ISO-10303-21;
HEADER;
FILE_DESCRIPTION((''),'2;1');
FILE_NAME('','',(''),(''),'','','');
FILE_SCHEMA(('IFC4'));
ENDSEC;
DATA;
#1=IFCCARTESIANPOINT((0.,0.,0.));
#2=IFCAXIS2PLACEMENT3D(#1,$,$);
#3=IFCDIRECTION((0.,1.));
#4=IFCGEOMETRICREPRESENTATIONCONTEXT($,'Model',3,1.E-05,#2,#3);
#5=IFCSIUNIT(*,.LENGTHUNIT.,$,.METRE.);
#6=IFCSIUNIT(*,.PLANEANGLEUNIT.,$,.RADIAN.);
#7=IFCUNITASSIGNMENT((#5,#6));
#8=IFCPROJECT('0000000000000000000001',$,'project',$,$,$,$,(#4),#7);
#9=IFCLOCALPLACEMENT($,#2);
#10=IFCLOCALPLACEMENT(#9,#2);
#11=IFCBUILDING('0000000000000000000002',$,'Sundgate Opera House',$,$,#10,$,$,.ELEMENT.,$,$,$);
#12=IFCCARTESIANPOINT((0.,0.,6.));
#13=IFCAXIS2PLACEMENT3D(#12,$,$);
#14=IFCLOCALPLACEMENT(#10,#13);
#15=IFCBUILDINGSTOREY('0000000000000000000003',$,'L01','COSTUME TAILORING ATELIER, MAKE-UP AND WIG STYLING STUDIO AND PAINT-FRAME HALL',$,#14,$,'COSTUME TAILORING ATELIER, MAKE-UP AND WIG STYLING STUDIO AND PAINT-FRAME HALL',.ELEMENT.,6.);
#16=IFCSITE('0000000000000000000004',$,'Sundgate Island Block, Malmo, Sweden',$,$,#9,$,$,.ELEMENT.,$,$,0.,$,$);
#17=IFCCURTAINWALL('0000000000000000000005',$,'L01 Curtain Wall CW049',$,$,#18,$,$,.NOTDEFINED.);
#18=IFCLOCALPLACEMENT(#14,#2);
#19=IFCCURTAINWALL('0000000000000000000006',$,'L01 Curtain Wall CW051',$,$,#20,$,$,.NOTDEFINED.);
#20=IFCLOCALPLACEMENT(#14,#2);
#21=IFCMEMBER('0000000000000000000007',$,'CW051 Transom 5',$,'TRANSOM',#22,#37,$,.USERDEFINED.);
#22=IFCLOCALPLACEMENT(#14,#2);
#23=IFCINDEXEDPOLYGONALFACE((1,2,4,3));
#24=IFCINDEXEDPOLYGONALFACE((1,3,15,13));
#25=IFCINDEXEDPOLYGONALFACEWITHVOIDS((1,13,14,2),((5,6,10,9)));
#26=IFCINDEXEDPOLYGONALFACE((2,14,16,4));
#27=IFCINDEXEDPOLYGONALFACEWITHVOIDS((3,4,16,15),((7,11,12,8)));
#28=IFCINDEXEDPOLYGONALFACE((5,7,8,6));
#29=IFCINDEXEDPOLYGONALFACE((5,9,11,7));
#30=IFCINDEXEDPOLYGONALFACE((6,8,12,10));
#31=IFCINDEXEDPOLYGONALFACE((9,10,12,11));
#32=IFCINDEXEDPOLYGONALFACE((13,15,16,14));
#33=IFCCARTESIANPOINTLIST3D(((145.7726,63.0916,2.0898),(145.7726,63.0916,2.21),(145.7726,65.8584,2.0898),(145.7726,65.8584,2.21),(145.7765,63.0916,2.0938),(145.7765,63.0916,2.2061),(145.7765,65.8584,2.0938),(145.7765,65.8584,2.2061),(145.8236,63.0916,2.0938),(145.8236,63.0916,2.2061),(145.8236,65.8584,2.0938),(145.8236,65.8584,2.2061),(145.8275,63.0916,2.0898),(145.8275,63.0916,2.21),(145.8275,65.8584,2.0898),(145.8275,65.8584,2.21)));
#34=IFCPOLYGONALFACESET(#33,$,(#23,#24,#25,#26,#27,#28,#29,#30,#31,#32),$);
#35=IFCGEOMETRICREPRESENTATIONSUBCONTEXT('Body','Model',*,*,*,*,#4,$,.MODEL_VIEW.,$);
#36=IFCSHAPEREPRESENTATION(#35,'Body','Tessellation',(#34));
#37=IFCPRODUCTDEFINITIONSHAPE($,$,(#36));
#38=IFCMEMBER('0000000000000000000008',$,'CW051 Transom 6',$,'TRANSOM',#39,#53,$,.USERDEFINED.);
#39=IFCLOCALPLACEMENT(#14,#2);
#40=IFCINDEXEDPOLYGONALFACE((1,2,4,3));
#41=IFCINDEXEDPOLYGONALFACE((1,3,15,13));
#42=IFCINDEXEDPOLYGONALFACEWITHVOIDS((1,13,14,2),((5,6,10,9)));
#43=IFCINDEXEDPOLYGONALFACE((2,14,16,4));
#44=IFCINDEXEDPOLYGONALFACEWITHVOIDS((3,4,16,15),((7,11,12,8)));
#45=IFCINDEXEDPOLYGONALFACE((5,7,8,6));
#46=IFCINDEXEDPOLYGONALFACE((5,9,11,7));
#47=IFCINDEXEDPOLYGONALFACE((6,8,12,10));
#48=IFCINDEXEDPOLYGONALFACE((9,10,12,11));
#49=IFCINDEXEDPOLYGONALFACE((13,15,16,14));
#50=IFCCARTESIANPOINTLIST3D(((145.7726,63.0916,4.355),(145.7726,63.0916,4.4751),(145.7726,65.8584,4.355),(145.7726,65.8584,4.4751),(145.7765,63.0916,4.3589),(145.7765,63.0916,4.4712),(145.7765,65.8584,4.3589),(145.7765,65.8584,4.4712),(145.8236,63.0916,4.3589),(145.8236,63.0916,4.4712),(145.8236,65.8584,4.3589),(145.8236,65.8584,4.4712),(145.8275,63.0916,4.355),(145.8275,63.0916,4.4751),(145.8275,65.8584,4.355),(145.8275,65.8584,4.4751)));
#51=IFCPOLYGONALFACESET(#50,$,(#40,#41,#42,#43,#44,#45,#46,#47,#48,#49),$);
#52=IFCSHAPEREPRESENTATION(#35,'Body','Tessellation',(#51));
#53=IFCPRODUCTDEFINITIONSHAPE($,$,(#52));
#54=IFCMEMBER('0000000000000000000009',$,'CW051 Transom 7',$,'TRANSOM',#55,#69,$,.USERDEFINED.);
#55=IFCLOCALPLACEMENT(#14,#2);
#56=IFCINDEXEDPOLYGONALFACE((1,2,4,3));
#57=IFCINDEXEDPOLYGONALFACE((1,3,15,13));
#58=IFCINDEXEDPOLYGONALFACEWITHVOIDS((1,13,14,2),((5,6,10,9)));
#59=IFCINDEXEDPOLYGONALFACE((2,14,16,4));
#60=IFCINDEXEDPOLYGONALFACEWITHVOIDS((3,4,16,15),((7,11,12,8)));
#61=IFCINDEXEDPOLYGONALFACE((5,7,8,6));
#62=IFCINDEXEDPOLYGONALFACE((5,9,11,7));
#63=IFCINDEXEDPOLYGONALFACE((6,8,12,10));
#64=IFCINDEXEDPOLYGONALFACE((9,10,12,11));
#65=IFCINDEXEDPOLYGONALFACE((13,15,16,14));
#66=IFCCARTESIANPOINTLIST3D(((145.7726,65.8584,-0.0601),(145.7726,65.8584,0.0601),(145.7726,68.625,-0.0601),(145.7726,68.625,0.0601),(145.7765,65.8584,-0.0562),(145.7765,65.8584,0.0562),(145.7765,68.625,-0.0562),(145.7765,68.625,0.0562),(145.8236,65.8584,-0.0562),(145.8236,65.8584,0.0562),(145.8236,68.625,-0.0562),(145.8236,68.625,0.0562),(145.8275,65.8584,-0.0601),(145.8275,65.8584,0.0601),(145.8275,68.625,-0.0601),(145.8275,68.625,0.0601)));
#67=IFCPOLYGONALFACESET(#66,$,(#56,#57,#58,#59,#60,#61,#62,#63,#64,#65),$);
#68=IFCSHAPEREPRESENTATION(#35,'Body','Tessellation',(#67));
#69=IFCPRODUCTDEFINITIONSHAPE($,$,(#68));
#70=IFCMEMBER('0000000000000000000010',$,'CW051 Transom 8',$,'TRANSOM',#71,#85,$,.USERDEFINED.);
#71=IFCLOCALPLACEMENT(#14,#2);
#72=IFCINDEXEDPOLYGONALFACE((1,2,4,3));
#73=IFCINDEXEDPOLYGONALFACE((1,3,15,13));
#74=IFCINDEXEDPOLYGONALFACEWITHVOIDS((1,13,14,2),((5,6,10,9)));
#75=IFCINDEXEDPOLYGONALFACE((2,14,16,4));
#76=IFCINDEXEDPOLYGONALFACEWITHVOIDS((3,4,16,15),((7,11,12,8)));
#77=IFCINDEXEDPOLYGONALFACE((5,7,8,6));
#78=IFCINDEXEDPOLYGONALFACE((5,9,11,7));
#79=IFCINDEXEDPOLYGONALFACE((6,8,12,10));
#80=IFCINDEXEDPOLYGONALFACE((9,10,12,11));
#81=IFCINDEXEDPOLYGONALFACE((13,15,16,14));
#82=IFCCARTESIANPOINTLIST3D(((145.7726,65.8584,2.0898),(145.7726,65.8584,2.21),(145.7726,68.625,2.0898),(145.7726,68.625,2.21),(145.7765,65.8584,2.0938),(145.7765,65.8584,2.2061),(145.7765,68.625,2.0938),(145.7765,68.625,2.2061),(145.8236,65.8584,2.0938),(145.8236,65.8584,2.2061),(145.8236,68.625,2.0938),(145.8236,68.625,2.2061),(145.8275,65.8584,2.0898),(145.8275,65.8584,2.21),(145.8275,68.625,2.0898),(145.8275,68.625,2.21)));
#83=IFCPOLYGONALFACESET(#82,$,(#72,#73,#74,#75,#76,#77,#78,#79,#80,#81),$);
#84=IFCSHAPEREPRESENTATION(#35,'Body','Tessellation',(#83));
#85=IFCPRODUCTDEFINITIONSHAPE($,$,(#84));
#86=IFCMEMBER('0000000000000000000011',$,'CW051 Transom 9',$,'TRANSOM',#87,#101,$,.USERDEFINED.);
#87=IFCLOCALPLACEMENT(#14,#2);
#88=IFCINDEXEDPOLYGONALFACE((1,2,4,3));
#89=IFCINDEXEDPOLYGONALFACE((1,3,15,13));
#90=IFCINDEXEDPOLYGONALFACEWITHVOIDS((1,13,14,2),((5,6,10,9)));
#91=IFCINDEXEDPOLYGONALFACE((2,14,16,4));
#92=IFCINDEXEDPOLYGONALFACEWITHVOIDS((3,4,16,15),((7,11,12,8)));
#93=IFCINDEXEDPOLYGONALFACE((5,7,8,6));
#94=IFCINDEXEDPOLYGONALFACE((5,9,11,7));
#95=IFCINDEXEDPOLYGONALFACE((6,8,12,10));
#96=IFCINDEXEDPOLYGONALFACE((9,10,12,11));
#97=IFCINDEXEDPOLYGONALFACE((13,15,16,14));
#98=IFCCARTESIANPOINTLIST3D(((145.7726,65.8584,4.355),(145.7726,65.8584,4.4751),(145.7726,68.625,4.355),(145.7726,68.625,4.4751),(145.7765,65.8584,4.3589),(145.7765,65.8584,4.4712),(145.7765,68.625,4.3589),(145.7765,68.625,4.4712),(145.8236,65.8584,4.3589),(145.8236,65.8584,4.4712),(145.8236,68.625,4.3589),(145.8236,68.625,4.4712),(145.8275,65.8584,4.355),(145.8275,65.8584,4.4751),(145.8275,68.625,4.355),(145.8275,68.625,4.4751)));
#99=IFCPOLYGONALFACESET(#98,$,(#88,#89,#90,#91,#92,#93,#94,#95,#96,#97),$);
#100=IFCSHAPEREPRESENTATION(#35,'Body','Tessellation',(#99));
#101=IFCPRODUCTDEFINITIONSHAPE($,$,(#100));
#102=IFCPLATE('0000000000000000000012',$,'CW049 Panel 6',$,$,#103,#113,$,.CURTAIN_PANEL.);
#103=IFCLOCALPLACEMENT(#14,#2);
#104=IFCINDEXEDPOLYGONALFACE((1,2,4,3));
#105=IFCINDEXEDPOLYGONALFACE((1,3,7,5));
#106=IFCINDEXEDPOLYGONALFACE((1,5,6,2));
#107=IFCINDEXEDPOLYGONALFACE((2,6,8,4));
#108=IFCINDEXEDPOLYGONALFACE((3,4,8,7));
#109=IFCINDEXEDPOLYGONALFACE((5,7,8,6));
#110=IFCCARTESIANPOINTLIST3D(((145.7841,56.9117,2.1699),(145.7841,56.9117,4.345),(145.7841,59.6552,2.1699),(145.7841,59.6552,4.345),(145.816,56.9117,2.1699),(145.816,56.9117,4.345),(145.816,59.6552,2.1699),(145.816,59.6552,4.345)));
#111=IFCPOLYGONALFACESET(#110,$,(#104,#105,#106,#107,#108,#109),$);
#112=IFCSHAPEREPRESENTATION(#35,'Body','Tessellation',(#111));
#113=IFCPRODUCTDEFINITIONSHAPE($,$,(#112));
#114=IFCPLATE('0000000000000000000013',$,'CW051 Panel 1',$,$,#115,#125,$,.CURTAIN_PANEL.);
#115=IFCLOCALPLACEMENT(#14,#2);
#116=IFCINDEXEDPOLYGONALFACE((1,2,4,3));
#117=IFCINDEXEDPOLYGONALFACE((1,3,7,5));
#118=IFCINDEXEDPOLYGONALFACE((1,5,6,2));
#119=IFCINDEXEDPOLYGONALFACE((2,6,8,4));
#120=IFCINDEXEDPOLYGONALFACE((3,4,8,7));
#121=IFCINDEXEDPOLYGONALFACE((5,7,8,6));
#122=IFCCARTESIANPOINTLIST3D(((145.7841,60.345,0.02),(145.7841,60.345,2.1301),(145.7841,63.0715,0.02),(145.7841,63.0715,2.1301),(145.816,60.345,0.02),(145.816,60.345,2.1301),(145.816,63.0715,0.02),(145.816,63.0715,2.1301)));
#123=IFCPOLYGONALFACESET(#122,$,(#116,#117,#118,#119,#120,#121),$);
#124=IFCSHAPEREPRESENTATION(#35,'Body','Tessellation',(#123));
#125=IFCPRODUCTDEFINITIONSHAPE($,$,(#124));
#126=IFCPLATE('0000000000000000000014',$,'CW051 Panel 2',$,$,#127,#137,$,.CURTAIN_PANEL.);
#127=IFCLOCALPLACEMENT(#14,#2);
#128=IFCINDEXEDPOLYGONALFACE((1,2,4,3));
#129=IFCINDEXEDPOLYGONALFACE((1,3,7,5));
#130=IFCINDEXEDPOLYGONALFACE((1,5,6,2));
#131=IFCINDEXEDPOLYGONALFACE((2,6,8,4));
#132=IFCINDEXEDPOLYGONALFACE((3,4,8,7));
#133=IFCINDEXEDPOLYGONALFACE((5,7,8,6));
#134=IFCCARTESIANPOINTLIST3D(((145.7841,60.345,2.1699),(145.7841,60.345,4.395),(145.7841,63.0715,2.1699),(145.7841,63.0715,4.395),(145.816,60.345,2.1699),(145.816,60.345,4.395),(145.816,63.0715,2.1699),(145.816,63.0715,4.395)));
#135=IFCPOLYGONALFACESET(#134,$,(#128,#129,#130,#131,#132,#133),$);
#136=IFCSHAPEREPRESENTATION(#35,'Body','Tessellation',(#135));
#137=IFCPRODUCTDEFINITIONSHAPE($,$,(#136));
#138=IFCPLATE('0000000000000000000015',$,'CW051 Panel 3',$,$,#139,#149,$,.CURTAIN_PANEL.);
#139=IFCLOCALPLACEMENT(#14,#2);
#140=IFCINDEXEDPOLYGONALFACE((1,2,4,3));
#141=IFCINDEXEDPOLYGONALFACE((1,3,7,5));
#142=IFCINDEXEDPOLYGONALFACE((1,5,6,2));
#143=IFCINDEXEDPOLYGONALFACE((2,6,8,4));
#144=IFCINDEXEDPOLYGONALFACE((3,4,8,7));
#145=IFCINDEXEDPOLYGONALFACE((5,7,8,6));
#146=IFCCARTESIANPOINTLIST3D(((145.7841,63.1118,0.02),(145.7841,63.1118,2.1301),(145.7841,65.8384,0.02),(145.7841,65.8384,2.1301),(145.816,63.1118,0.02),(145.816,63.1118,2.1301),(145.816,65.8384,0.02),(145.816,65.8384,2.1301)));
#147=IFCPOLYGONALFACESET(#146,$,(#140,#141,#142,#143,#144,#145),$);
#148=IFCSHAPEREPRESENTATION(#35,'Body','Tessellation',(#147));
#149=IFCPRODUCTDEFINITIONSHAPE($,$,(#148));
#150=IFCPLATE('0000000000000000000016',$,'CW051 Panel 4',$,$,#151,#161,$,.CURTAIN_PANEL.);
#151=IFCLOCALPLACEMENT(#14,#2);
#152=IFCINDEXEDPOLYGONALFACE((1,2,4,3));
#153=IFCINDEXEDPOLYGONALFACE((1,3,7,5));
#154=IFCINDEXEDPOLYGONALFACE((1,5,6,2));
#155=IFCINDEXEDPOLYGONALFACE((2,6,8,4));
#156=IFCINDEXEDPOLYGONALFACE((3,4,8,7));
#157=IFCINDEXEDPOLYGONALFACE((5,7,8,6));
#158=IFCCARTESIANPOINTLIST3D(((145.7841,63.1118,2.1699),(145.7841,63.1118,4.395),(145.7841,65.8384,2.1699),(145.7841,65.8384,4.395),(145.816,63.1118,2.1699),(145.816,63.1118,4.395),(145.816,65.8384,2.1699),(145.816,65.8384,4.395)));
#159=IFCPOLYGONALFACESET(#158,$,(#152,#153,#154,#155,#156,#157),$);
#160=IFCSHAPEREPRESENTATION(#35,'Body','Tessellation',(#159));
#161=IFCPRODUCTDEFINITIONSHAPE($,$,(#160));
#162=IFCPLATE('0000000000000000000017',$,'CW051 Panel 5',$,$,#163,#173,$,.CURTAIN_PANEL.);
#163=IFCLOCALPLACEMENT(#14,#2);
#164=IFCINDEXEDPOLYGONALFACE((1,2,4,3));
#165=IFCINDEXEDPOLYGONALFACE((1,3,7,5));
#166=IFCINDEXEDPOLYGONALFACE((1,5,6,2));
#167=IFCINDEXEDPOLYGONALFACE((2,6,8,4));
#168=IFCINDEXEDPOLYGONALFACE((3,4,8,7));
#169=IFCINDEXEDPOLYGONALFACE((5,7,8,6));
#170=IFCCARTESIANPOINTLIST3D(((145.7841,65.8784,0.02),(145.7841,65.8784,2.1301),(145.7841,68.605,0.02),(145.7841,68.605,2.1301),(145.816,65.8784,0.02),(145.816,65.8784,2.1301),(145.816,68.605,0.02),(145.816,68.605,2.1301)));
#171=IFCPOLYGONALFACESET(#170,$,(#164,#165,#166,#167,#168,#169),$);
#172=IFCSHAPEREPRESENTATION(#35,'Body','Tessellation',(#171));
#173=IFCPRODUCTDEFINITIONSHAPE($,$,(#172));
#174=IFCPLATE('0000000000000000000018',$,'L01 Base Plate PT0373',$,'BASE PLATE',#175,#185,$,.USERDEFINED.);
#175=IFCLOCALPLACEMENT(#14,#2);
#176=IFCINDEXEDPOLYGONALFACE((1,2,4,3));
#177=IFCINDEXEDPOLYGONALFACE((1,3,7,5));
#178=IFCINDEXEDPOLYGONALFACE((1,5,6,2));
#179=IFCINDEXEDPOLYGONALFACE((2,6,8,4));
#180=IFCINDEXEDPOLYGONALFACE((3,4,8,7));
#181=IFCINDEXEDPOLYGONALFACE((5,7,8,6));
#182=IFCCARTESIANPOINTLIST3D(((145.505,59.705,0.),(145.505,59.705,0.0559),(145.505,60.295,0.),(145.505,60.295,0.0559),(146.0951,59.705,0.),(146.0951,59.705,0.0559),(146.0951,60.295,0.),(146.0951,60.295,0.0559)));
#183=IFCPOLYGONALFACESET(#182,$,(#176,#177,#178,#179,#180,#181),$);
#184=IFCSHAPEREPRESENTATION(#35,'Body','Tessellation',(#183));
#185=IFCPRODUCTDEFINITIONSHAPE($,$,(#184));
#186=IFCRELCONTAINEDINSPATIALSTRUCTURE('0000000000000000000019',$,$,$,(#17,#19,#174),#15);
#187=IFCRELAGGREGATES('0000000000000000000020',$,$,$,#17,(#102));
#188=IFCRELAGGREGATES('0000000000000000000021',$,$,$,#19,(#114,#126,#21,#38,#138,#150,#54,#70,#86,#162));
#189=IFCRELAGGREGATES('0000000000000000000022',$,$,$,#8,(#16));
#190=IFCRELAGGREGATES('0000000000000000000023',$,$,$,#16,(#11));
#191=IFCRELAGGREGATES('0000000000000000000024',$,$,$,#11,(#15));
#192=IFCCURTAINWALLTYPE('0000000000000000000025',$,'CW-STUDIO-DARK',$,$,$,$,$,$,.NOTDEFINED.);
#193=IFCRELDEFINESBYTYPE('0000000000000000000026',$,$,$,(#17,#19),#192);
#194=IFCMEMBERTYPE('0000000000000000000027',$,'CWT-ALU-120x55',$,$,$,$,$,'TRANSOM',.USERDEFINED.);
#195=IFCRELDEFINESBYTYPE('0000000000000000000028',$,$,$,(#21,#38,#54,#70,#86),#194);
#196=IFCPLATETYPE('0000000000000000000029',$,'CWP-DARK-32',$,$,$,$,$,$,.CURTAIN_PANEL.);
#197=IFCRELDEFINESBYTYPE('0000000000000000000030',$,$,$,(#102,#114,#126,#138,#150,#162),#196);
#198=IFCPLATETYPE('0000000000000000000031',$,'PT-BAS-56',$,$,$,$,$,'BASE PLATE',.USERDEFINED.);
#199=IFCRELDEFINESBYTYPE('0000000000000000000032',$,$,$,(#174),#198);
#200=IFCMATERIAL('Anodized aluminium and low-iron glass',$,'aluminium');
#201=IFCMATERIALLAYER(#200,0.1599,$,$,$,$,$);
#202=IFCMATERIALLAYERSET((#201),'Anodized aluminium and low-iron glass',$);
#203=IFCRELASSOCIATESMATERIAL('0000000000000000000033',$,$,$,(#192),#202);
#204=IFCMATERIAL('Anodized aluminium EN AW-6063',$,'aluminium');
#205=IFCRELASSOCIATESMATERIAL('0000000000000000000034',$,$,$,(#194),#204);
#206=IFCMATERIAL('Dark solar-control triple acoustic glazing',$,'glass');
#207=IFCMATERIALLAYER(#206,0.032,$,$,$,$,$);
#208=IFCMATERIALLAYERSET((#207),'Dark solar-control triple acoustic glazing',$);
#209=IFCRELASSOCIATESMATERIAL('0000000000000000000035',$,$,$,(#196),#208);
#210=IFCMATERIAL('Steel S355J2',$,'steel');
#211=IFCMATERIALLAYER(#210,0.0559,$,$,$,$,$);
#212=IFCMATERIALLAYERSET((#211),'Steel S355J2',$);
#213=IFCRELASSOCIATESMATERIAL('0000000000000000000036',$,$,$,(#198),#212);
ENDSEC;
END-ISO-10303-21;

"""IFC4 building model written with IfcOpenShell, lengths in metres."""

from ifc_helpers import new_model, si_unit, direction, frame, origin, origin_2d, place, context, subcontext, project, spatial, rectangle, hollow_rectangle, extrude, material, layer, layer_set, material_profile, profile_set, type_object, element, aggregate, save


model = new_model("IFC4")

# Units and contexts
model_context = context("Model", 3, precision=1e-05, world=origin(), true_north=direction((0.0, 1.0)))
body_context = subcontext(model_context, "Body", "Model", "MODEL_VIEW")
ifc_project = project(units=[si_unit("LENGTHUNIT", "METRE"), si_unit("PLANEANGLEUNIT", "RADIAN")], contexts=[model_context])

# Site, building, storey
site_placement = place(None, origin())
site = spatial("IfcSite", under=ifc_project, at=site_placement, Name="Sundgate Island Block, Malmo, Sweden", CompositionType="ELEMENT", RefElevation=0.0)
building_placement = place(site_placement, origin())
building = spatial("IfcBuilding", under=site, at=building_placement, Name="Sundgate Opera House", CompositionType="ELEMENT")
storey_placement = place(building_placement, frame((0.0, 0.0, 6.0)))
storey = spatial("IfcBuildingStorey", under=building, at=storey_placement, Name="L01", Description="COSTUME TAILORING ATELIER, MAKE-UP AND WIG STYLING STUDIO AND PAINT-FRAME HALL", LongName="COSTUME TAILORING ATELIER, MAKE-UP AND WIG STYLING STUDIO AND PAINT-FRAME HALL", CompositionType="ELEMENT", Elevation=6.0)

# Curtain wall
ifc_material_1 = material(Name="Anodized aluminium and low-iron glass", Category="aluminium")
ifc_layer_1 = layer(ifc_material_1, 0.1599)
ifc_layer_set_1 = layer_set([ifc_layer_1], Name="Anodized aluminium and low-iron glass")
curtain_wall_type = type_object("IfcCurtainWallType", Name="CW-STUDIO-DARK", PredefinedType="NOTDEFINED", material=ifc_layer_set_1)
curtain_wall_1_placement = place(storey_placement, origin())
curtain_wall_1 = element("IfcCurtainWall", 1, at=curtain_wall_1_placement, inside=storey, type_object=curtain_wall_type, Name="L01 Curtain Wall CW049", PredefinedType="NOTDEFINED")

# Curtain wall, members
curtain_wall_2_placement = place(storey_placement, origin())
curtain_wall_2 = element("IfcCurtainWall", 2, at=curtain_wall_2_placement, inside=storey, type_object=curtain_wall_type, Name="L01 Curtain Wall CW051", PredefinedType="NOTDEFINED")
ifc_material_2 = material(Name="Anodized aluminium EN AW-6063", Category="aluminium")
ifc_material_profile_1 = material_profile(ifc_material_2, hollow_rectangle(XDim=0.0549, YDim=0.1201, WallThickness=0.0039, at=origin_2d()), Name="CWT 120x55x4")
ifc_profile_set_1 = profile_set([ifc_material_profile_1], Name="Anodized aluminium EN AW-6063")
member_type_1 = type_object("IfcMemberType", Name="CWT-ALU-120x55", ElementType="TRANSOM", PredefinedType="USERDEFINED", material=ifc_profile_set_1)
member_1_placement = place(storey_placement, frame((145.8, 63.0916, 2.1499), z_axis=(0.0, 1.0, 0.0), x_axis=(-1.0, 0.0, 0.0)))
member_1 = element("IfcMember", 3, at=member_1_placement, type_object=member_type_1, Name="CW051 Transom 5", ObjectType="TRANSOM", PredefinedType="USERDEFINED", context=body_context, shape_type="SweptSolid", body=[
    extrude(hollow_rectangle(XDim=0.0549, YDim=0.1201, WallThickness=0.0039, at=origin_2d()), origin(), (0.0, 0.0, 1.0), 2.7668),
])
member_2_placement = place(storey_placement, frame((145.8, 63.0916, 4.415), z_axis=(0.0, 1.0, 0.0), x_axis=(-1.0, 0.0, 0.0)))
member_2 = element("IfcMember", 4, at=member_2_placement, type_object=member_type_1, Name="CW051 Transom 6", ObjectType="TRANSOM", PredefinedType="USERDEFINED", context=body_context, shape_type="SweptSolid", body=[
    extrude(hollow_rectangle(XDim=0.0549, YDim=0.1201, WallThickness=0.0039, at=origin_2d()), origin(), (0.0, 0.0, 1.0), 2.7668),
])
member_3_placement = place(storey_placement, frame((145.8, 65.8584, 0.0), z_axis=(0.0, 1.0, 0.0), x_axis=(-1.0, 0.0, 0.0)))
member_3 = element("IfcMember", 5, at=member_3_placement, type_object=member_type_1, Name="CW051 Transom 7", ObjectType="TRANSOM", PredefinedType="USERDEFINED", context=body_context, shape_type="SweptSolid", body=[
    extrude(hollow_rectangle(XDim=0.0549, YDim=0.1201, WallThickness=0.0039, at=origin_2d()), origin(), (0.0, 0.0, 1.0), 2.7666),
])
member_4_placement = place(storey_placement, frame((145.8, 65.8584, 2.1499), z_axis=(0.0, 1.0, 0.0), x_axis=(-1.0, 0.0, 0.0)))
member_4 = element("IfcMember", 6, at=member_4_placement, type_object=member_type_1, Name="CW051 Transom 8", ObjectType="TRANSOM", PredefinedType="USERDEFINED", context=body_context, shape_type="SweptSolid", body=[
    extrude(hollow_rectangle(XDim=0.0549, YDim=0.1201, WallThickness=0.0039, at=origin_2d()), origin(), (0.0, 0.0, 1.0), 2.7666),
])
member_5_placement = place(storey_placement, frame((145.8, 65.8584, 4.415), z_axis=(0.0, 1.0, 0.0), x_axis=(-1.0, 0.0, 0.0)))
member_5 = element("IfcMember", 7, at=member_5_placement, type_object=member_type_1, Name="CW051 Transom 9", ObjectType="TRANSOM", PredefinedType="USERDEFINED", context=body_context, shape_type="SweptSolid", body=[
    extrude(hollow_rectangle(XDim=0.0549, YDim=0.1201, WallThickness=0.0039, at=origin_2d()), origin(), (0.0, 0.0, 1.0), 2.7666),
])

# Plates
ifc_material_3 = material(Name="Dark solar-control triple acoustic glazing", Category="glass")
ifc_layer_2 = layer(ifc_material_3, 0.032)
ifc_layer_set_2 = layer_set([ifc_layer_2], Name="Dark solar-control triple acoustic glazing")
plate_type_1 = type_object("IfcPlateType", Name="CWP-DARK-32", PredefinedType="CURTAIN_PANEL", material=ifc_layer_set_2)
plate_1_placement = place(storey_placement, frame((145.8, 58.2834, 2.1699), z_axis=(0.0, 0.0, 1.0), x_axis=(0.0, 1.0, 0.0)))
plate_1 = element("IfcPlate", 8, at=plate_1_placement, type_object=plate_type_1, Name="CW049 Panel 6", PredefinedType="CURTAIN_PANEL", context=body_context, shape_type="SweptSolid", body=[
    extrude(rectangle(XDim=2.7434, YDim=0.032, at=origin_2d()), origin(), (0.0, 0.0, 1.0), 2.175),
])
aggregate(curtain_wall_1, [plate_1])
plate_2_placement = place(storey_placement, frame((145.8, 61.7083, 0.02), z_axis=(0.0, 0.0, 1.0), x_axis=(0.0, 1.0, 0.0)))
plate_2 = element("IfcPlate", 9, at=plate_2_placement, type_object=plate_type_1, Name="CW051 Panel 1", PredefinedType="CURTAIN_PANEL", context=body_context, shape_type="SweptSolid", body=[
    extrude(rectangle(XDim=2.7266, YDim=0.032, at=origin_2d()), origin(), (0.0, 0.0, 1.0), 2.1101),
])
plate_3_placement = place(storey_placement, frame((145.8, 61.7083, 2.1699), z_axis=(0.0, 0.0, 1.0), x_axis=(0.0, 1.0, 0.0)))
plate_3 = element("IfcPlate", 10, at=plate_3_placement, type_object=plate_type_1, Name="CW051 Panel 2", PredefinedType="CURTAIN_PANEL", context=body_context, shape_type="SweptSolid", body=[
    extrude(rectangle(XDim=2.7266, YDim=0.032, at=origin_2d()), origin(), (0.0, 0.0, 1.0), 2.2251),
])
plate_4_placement = place(storey_placement, frame((145.8, 64.4751, 0.02), z_axis=(0.0, 0.0, 1.0), x_axis=(0.0, 1.0, 0.0)))
plate_4 = element("IfcPlate", 11, at=plate_4_placement, type_object=plate_type_1, Name="CW051 Panel 3", PredefinedType="CURTAIN_PANEL", context=body_context, shape_type="SweptSolid", body=[
    extrude(rectangle(XDim=2.7266, YDim=0.032, at=origin_2d()), origin(), (0.0, 0.0, 1.0), 2.1101),
])
plate_5_placement = place(storey_placement, frame((145.8, 64.4751, 2.1699), z_axis=(0.0, 0.0, 1.0), x_axis=(0.0, 1.0, 0.0)))
plate_5 = element("IfcPlate", 12, at=plate_5_placement, type_object=plate_type_1, Name="CW051 Panel 4", PredefinedType="CURTAIN_PANEL", context=body_context, shape_type="SweptSolid", body=[
    extrude(rectangle(XDim=2.7266, YDim=0.032, at=origin_2d()), origin(), (0.0, 0.0, 1.0), 2.2251),
])
plate_6_placement = place(storey_placement, frame((145.8, 67.2417, 0.02), z_axis=(0.0, 0.0, 1.0), x_axis=(0.0, 1.0, 0.0)))
plate_6 = element("IfcPlate", 13, at=plate_6_placement, type_object=plate_type_1, Name="CW051 Panel 5", PredefinedType="CURTAIN_PANEL", context=body_context, shape_type="SweptSolid", body=[
    extrude(rectangle(XDim=2.7266, YDim=0.032, at=origin_2d()), origin(), (0.0, 0.0, 1.0), 2.1101),
])
aggregate(curtain_wall_2, [plate_2, plate_3, member_1, member_2, plate_4, plate_5, member_3, member_4, member_5, plate_6])
ifc_material_4 = material(Name="Steel S355J2", Category="steel")
ifc_layer_3 = layer(ifc_material_4, 0.0559)
ifc_layer_set_3 = layer_set([ifc_layer_3], Name="Steel S355J2")
plate_type_2 = type_object("IfcPlateType", Name="PT-BAS-56", ElementType="BASE PLATE", PredefinedType="USERDEFINED", material=ifc_layer_set_3)
plate_7_placement = place(storey_placement, frame((145.8, 60.0, 0.0), z_axis=(0.0, 0.0, 1.0), x_axis=(1.0, 0.0, 0.0)))
element("IfcPlate", 14, at=plate_7_placement, inside=storey, type_object=plate_type_2, Name="L01 Base Plate PT0373", ObjectType="BASE PLATE", PredefinedType="USERDEFINED", context=body_context, shape_type="SweptSolid", body=[
    extrude(rectangle(XDim=0.5901, YDim=0.5901, at=origin_2d()), origin(), (0.0, 0.0, 1.0), 0.0559),
])

save(model, "model.ifc")
